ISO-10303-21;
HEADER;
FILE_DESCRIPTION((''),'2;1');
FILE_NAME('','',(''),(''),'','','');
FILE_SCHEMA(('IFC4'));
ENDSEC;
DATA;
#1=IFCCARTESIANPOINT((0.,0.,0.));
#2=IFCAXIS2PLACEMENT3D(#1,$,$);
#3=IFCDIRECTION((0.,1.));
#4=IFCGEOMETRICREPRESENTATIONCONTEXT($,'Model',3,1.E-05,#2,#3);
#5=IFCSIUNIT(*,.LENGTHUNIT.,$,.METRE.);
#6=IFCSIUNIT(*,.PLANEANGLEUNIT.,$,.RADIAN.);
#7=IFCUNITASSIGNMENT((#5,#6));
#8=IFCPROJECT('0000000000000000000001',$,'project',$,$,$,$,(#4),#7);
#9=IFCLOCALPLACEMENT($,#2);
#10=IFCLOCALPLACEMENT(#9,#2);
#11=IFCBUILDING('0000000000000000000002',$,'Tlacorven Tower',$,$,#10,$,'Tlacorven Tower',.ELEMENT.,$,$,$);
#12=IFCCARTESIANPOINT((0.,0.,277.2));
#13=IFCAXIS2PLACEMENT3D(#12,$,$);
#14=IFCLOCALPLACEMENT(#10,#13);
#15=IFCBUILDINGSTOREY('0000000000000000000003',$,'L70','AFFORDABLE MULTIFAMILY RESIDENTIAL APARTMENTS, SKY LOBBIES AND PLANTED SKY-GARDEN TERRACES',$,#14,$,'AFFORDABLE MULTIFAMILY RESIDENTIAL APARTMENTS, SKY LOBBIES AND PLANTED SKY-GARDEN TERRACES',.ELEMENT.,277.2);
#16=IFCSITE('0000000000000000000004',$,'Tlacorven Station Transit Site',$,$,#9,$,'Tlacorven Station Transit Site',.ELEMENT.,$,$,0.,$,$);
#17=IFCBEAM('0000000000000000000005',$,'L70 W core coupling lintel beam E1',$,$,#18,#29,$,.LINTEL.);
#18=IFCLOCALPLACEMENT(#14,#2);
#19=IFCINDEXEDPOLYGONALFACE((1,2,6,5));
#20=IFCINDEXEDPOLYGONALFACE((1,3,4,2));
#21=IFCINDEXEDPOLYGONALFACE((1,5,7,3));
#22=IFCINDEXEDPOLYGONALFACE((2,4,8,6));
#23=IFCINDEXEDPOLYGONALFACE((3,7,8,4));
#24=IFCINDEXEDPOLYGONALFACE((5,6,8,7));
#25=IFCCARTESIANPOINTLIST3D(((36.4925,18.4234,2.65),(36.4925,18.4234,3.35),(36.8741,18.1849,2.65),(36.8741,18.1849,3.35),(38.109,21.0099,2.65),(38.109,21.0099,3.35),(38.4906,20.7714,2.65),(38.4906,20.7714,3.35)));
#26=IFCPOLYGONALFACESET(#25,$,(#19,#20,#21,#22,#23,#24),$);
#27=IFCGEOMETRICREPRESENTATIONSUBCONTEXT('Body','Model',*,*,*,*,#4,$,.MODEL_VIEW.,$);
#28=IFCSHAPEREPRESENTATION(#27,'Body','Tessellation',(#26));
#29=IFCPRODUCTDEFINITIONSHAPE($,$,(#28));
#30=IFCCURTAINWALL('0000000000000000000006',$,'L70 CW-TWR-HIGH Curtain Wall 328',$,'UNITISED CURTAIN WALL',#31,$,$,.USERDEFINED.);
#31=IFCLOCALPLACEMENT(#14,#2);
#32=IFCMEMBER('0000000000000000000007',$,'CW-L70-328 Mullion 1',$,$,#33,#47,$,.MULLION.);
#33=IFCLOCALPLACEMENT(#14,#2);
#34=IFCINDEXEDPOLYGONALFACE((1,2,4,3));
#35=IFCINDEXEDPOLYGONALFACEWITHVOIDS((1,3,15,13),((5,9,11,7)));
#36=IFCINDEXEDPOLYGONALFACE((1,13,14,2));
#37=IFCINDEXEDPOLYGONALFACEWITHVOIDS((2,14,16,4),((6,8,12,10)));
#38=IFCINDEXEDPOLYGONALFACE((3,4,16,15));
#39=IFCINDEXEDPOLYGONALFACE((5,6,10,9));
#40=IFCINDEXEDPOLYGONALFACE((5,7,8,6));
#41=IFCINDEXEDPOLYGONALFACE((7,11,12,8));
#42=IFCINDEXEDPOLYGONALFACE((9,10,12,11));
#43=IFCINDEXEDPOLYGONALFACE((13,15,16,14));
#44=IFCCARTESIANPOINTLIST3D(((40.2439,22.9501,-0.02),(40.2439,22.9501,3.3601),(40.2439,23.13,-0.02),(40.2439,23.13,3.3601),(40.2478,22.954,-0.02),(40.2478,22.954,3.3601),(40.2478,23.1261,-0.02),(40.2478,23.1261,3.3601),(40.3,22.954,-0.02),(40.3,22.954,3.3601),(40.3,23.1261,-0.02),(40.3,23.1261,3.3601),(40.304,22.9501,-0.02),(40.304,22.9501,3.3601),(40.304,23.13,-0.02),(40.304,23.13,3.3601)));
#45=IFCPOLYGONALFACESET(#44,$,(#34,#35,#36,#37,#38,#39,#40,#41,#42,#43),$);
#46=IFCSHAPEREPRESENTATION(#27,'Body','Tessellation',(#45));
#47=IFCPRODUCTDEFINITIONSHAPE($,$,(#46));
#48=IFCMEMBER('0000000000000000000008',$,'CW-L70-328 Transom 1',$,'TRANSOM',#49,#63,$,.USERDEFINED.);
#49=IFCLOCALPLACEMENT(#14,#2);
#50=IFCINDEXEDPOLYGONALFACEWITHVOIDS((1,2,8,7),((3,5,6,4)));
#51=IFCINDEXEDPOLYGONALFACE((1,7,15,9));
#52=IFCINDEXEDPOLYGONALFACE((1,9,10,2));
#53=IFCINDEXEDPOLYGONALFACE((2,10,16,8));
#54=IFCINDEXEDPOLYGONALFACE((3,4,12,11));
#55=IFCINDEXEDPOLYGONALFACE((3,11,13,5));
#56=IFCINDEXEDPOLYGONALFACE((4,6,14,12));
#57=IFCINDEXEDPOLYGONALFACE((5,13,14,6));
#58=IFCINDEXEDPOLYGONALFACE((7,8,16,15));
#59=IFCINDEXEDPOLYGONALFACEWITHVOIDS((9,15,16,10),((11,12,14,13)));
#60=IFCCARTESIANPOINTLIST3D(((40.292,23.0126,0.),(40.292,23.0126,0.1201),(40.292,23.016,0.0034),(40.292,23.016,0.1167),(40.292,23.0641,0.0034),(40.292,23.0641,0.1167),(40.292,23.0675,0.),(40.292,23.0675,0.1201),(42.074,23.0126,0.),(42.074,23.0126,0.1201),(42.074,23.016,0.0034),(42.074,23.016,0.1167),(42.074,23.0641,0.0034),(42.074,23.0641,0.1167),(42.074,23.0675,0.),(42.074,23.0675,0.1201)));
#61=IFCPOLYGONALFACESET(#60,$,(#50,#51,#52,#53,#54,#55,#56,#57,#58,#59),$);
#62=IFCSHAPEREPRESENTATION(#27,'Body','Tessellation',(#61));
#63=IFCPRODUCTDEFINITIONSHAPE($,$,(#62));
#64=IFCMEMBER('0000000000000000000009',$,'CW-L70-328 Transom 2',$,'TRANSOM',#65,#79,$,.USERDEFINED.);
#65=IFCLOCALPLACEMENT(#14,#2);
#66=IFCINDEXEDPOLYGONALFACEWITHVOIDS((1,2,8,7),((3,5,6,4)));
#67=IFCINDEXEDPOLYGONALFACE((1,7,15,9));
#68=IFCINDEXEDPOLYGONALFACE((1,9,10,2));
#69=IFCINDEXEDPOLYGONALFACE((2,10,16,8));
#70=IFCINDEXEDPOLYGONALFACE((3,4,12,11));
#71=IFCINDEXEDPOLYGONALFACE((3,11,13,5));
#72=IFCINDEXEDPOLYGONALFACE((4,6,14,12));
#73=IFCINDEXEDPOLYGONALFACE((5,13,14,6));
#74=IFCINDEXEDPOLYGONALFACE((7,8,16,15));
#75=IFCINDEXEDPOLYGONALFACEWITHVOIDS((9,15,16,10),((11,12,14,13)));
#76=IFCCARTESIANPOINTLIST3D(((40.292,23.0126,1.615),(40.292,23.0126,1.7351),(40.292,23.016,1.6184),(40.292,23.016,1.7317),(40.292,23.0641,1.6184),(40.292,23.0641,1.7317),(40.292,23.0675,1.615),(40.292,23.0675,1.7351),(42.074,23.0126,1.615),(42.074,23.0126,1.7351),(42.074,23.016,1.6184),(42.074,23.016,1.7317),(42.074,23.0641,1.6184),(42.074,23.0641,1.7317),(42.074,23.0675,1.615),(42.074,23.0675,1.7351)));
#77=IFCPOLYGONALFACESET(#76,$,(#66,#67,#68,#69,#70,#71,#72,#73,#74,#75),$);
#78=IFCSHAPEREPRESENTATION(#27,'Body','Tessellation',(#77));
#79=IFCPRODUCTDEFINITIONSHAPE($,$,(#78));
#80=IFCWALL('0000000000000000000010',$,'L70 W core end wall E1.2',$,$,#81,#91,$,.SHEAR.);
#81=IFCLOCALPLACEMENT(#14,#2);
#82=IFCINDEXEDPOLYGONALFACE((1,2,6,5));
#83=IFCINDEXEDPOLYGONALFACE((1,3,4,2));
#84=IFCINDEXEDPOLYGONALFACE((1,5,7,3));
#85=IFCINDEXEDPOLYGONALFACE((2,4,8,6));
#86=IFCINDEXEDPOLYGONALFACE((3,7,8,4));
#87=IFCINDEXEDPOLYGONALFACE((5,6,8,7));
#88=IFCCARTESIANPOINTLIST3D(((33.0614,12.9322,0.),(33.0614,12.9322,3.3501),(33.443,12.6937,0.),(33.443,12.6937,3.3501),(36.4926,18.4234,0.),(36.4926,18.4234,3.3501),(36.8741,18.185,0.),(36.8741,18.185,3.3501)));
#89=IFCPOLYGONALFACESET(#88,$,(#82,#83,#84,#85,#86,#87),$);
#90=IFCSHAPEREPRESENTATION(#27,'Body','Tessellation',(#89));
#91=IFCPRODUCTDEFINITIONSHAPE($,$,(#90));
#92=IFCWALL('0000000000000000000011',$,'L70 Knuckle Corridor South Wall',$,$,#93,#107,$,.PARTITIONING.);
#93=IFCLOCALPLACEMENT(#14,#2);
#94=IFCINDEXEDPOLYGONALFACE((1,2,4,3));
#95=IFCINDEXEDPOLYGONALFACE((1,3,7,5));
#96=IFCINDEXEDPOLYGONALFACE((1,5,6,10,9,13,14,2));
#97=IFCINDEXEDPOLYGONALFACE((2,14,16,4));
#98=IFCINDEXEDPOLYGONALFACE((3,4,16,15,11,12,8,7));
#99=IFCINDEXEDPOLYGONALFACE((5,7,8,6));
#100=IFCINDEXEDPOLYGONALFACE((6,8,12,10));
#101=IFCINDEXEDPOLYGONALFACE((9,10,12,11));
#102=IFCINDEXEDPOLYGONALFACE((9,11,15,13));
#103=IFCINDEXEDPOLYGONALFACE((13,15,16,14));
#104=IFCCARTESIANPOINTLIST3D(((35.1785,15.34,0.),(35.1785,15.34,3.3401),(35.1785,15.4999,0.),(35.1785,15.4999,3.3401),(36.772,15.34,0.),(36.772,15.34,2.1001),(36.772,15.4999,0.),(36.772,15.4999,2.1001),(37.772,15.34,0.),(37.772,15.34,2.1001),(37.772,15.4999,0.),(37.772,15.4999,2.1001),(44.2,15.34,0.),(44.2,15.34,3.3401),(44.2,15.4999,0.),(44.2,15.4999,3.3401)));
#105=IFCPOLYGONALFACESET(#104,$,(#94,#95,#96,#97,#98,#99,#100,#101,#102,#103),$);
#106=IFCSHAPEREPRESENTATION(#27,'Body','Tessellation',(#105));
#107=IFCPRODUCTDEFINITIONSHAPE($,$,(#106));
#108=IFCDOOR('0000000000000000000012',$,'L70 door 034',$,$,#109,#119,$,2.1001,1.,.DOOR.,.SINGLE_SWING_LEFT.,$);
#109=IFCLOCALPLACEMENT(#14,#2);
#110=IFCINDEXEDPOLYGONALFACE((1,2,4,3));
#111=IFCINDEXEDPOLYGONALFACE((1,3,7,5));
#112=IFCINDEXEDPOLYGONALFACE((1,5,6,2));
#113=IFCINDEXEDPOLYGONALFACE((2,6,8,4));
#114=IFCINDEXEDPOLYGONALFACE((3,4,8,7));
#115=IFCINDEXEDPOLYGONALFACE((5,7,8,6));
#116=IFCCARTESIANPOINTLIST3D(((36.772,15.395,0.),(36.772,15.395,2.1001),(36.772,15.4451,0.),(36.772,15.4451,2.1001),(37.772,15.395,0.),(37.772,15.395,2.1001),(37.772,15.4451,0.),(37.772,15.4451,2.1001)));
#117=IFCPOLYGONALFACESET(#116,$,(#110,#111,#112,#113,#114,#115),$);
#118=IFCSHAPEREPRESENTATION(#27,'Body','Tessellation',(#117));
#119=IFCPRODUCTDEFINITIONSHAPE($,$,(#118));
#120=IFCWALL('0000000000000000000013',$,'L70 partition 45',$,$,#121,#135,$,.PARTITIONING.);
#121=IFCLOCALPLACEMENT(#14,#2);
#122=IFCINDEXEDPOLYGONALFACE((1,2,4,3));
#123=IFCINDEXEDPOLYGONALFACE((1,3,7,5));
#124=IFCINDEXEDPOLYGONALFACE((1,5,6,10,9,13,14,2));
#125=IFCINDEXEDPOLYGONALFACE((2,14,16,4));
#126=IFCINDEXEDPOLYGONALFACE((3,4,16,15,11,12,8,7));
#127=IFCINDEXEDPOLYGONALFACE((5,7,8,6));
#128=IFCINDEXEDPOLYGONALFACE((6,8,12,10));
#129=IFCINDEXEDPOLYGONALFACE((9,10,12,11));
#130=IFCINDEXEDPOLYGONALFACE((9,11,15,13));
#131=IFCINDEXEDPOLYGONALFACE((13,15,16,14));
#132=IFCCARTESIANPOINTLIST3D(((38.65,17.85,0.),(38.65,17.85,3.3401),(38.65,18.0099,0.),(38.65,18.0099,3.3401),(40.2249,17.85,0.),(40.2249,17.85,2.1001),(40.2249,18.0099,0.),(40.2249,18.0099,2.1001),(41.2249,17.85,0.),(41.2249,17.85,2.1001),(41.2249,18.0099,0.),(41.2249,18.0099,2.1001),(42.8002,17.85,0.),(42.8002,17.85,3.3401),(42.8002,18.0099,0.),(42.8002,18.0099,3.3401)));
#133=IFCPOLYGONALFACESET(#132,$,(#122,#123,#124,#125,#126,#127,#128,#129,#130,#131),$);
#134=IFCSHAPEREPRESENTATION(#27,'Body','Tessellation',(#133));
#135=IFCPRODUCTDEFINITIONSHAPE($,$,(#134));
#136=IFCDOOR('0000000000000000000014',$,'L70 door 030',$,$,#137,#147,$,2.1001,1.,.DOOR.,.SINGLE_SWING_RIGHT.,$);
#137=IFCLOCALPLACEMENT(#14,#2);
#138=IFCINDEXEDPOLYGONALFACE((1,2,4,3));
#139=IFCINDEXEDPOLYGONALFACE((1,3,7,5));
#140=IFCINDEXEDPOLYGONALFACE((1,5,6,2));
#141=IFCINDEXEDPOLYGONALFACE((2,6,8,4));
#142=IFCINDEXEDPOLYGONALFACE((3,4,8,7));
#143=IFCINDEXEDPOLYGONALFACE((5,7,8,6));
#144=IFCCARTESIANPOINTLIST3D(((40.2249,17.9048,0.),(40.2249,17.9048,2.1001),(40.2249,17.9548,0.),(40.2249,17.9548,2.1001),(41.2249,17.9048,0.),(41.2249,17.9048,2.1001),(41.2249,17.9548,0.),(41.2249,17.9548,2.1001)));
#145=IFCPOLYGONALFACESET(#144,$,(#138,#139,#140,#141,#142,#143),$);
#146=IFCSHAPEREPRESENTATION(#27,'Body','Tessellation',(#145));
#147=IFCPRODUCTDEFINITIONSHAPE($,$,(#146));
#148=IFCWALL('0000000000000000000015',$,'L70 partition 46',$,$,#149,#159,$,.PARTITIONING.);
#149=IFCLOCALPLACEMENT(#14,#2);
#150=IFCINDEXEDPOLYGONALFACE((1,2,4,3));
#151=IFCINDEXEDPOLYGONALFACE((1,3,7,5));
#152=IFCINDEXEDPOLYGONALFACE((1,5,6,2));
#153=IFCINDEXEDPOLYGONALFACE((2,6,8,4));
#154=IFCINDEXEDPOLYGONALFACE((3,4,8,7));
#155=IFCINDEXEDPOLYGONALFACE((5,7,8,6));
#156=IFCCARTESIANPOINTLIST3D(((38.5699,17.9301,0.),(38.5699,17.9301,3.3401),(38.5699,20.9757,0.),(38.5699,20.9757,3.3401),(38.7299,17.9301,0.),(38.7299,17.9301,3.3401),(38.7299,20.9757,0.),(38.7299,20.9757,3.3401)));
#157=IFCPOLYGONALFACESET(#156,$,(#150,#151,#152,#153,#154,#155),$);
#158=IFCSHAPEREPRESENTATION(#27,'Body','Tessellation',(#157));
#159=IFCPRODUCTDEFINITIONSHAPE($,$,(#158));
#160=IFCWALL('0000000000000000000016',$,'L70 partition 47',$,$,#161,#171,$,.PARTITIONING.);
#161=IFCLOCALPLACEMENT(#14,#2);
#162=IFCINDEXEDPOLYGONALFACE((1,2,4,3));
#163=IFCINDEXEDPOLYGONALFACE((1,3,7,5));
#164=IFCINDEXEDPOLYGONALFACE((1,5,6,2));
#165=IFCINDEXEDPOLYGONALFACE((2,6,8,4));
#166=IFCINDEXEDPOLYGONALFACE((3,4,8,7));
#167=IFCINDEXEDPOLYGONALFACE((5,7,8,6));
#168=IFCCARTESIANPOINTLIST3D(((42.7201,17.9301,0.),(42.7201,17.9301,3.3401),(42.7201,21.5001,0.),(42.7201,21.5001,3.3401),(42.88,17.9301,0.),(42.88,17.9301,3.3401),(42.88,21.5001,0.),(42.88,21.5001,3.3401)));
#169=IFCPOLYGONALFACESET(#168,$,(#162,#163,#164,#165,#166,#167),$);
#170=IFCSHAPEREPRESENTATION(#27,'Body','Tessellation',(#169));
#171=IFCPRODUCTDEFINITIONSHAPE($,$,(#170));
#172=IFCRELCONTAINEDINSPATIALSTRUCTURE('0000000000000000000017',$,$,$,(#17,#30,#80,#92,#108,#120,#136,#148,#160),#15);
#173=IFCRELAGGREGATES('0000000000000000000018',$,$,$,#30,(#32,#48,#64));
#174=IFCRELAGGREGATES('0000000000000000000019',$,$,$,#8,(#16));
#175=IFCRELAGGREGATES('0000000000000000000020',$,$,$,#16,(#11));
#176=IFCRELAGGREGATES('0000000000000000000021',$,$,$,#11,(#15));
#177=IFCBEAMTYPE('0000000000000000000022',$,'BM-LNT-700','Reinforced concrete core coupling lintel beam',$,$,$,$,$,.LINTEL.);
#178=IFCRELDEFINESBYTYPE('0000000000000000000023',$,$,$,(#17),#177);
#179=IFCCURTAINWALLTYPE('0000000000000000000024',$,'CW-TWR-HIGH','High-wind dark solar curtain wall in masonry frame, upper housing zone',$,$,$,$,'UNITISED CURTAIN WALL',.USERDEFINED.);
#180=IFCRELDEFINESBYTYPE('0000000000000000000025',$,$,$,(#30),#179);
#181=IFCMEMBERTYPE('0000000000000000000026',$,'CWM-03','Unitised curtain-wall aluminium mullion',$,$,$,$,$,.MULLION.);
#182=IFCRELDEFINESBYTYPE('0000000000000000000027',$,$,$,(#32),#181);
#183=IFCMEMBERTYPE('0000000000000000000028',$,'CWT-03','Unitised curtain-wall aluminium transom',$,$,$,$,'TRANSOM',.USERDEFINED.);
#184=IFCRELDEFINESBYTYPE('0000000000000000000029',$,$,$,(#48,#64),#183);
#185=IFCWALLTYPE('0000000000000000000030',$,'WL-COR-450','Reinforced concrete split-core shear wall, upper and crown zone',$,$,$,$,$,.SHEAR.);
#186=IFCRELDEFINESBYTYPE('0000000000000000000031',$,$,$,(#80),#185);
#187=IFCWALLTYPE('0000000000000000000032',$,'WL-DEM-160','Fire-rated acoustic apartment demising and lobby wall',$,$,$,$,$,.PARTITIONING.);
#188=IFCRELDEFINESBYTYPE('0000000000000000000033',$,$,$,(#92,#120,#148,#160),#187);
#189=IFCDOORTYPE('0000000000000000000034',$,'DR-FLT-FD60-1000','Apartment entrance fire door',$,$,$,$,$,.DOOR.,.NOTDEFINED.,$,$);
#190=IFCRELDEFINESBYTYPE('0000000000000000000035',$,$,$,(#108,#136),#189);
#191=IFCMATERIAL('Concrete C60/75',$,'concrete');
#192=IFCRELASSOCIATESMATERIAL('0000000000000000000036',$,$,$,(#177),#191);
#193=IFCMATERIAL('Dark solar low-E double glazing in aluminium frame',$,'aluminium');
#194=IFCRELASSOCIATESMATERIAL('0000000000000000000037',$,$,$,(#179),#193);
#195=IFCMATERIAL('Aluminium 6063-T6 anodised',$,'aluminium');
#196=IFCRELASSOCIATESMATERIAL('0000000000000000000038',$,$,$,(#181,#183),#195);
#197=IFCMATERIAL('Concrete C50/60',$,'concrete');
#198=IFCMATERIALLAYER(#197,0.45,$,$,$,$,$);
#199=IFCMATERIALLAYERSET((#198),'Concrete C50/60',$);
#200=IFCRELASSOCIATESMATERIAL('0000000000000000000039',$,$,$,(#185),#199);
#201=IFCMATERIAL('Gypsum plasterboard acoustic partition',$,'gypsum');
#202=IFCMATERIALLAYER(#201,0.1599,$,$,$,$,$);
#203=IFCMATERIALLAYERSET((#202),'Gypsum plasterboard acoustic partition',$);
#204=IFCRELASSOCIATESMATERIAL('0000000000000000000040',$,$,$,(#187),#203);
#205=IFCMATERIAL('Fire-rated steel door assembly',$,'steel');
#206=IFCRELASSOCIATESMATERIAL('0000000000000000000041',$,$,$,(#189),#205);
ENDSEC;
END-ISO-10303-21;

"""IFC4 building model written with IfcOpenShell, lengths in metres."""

from ifc_helpers import new_model, si_unit, direction, frame, frame_2d, origin, origin_2d, place, context, subcontext, project, spatial, rectangle, hollow_rectangle, extrude, source, transform, mapped, material, layer, layer_set, material_profile, profile_set, type_object, element, fill, aggregate, save


model = new_model("IFC4")

# Units and contexts
model_context = context("Model", 3, precision=1e-05, world=origin(), true_north=direction((0.0, 1.0)))
body_context = subcontext(model_context, "Body", "Model", "MODEL_VIEW")
ifc_project = project(units=[si_unit("LENGTHUNIT", "METRE"), si_unit("PLANEANGLEUNIT", "RADIAN")], contexts=[model_context])

# Site, building, storey
site_placement = place(None, origin())
site = spatial("IfcSite", under=ifc_project, at=site_placement, Name="Tlacorven Station Transit Site", LongName="Tlacorven Station Transit Site", CompositionType="ELEMENT", RefElevation=0.0)
building_placement = place(site_placement, origin())
building = spatial("IfcBuilding", under=site, at=building_placement, Name="Tlacorven Tower", LongName="Tlacorven Tower", CompositionType="ELEMENT")
storey_placement = place(building_placement, frame((0.0, 0.0, 277.2)))
storey = spatial("IfcBuildingStorey", under=building, at=storey_placement, Name="L70", Description="AFFORDABLE MULTIFAMILY RESIDENTIAL APARTMENTS, SKY LOBBIES AND PLANTED SKY-GARDEN TERRACES", LongName="AFFORDABLE MULTIFAMILY RESIDENTIAL APARTMENTS, SKY LOBBIES AND PLANTED SKY-GARDEN TERRACES", CompositionType="ELEMENT", Elevation=277.2)

# Beam
ifc_material_1 = material(Name="Concrete C60/75", Category="concrete")
ifc_material_profile_1 = material_profile(ifc_material_1, rectangle(XDim=0.45, YDim=0.7, at=origin_2d()), Name="RC 450X700")
ifc_profile_set_1 = profile_set([ifc_material_profile_1], Name="Concrete C60/75")
beam_type = type_object("IfcBeamType", Name="BM-LNT-700", Description="Reinforced concrete core coupling lintel beam", PredefinedType="LINTEL", material=ifc_profile_set_1)
shared_shape_1 = source(origin(), body_context, "Body", "SweptSolid", [
    extrude(rectangle(XDim=0.45, YDim=0.7, at=origin_2d()), origin(), (0.0, 0.0, 1.0), 3.05),
])
beam_placement = place(storey_placement, frame((38.2998, 20.8906, 3.0), z_axis=(-0.529985, -0.848007, 0.0), x_axis=(0.848007, -0.529985, 0.0)))
element("IfcBeam", 1, at=beam_placement, inside=storey, type_object=beam_type, Name="L70 W core coupling lintel beam E1", PredefinedType="LINTEL", context=body_context, shape_type="MappedRepresentation", body=[
    mapped(shared_shape_1, transform((0.0, 0.0, 0.0), scale=1.0)),
])

# Curtain wall, members
ifc_material_2 = material(Name="Dark solar low-E double glazing in aluminium frame", Category="aluminium")
curtain_wall_type = type_object("IfcCurtainWallType", Name="CW-TWR-HIGH", Description="High-wind dark solar curtain wall in masonry frame, upper housing zone", ElementType="UNITISED CURTAIN WALL", PredefinedType="USERDEFINED", material=ifc_material_2)
curtain_wall_placement = place(storey_placement, origin())
curtain_wall = element("IfcCurtainWall", 2, at=curtain_wall_placement, inside=storey, type_object=curtain_wall_type, Name="L70 CW-TWR-HIGH Curtain Wall 328", ObjectType="UNITISED CURTAIN WALL", PredefinedType="USERDEFINED")
ifc_material_3 = material(Name="Aluminium 6063-T6 anodised", Category="aluminium")
ifc_material_profile_2 = material_profile(ifc_material_3, hollow_rectangle(XDim=0.0601, YDim=0.1799, WallThickness=0.0039, at=origin_2d()), Name="ALU MULLION 60X180")
ifc_profile_set_2 = profile_set([ifc_material_profile_2], Name="Aluminium 6063-T6 anodised")
member_type_1 = type_object("IfcMemberType", Name="CWM-03", Description="Unitised curtain-wall aluminium mullion", PredefinedType="MULLION", material=ifc_profile_set_2)
shared_shape_2 = source(origin(), body_context, "Body", "SweptSolid", [
    extrude(hollow_rectangle(XDim=0.0601, YDim=0.1799, WallThickness=0.0039, at=origin_2d()), origin(), (0.0, 0.0, 1.0), 3.3801),
])
member_1_placement = place(storey_placement, frame((40.2739, 23.04, -0.02), z_axis=(0.0, 0.0, 1.0), x_axis=(1.0, 0.0, 0.0)))
member_1 = element("IfcMember", 3, at=member_1_placement, type_object=member_type_1, Name="CW-L70-328 Mullion 1", PredefinedType="MULLION", context=body_context, shape_type="MappedRepresentation", body=[
    mapped(shared_shape_2, transform((0.0, 0.0, 0.0), scale=1.0)),
])
ifc_material_profile_3 = material_profile(ifc_material_3, hollow_rectangle(XDim=0.0549, YDim=0.1201, WallThickness=0.0034, at=origin_2d()), Name="ALU TRANSOM 55X120")
ifc_profile_set_3 = profile_set([ifc_material_profile_3], Name="Aluminium 6063-T6 anodised")
member_type_2 = type_object("IfcMemberType", Name="CWT-03", Description="Unitised curtain-wall aluminium transom", ElementType="TRANSOM", PredefinedType="USERDEFINED", material=ifc_profile_set_3)
shared_shape_3 = source(origin(), body_context, "Body", "SweptSolid", [
    extrude(hollow_rectangle(XDim=0.0549, YDim=0.1201, WallThickness=0.0034, at=origin_2d()), origin(), (0.0, 0.0, 1.0), 1.782),
])
member_2_placement = place(storey_placement, frame((40.292, 23.04, 0.0601), z_axis=(1.0, 0.0, 0.0), x_axis=(0.0, 1.0, 0.0)))
member_2 = element("IfcMember", 4, at=member_2_placement, type_object=member_type_2, Name="CW-L70-328 Transom 1", ObjectType="TRANSOM", PredefinedType="USERDEFINED", context=body_context, shape_type="MappedRepresentation", body=[
    mapped(shared_shape_3, transform((0.0, 0.0, 0.0), scale=1.0)),
])
member_3_placement = place(storey_placement, frame((40.292, 23.04, 1.675), z_axis=(1.0, 0.0, 0.0), x_axis=(0.0, 1.0, 0.0)))
member_3 = element("IfcMember", 5, at=member_3_placement, type_object=member_type_2, Name="CW-L70-328 Transom 2", ObjectType="TRANSOM", PredefinedType="USERDEFINED", context=body_context, shape_type="MappedRepresentation", body=[
    mapped(shared_shape_3, transform((0.0, 0.0, 0.0), scale=1.0)),
])
aggregate(curtain_wall, [member_1, member_2, member_3])

# Wall
ifc_material_4 = material(Name="Concrete C50/60", Category="concrete")
ifc_layer_1 = layer(ifc_material_4, 0.45)
ifc_layer_set_1 = layer_set([ifc_layer_1], Name="Concrete C50/60")
wall_type_1 = type_object("IfcWallType", Name="WL-COR-450", Description="Reinforced concrete split-core shear wall, upper and crown zone", PredefinedType="SHEAR", material=ifc_layer_set_1)
wall_1_placement = place(storey_placement, frame((36.6833, 18.3042, 0.0), z_axis=(0.0, 0.0, 1.0), x_axis=(-0.529904, -0.848058, 0.0)))
element("IfcWall", 6, at=wall_1_placement, inside=storey, type_object=wall_type_1, Name="L70 W core end wall E1.2", PredefinedType="SHEAR", context=body_context, shape_type="SweptSolid", body=[
    extrude(rectangle(XDim=6.4751, YDim=0.45, at=frame_2d((3.2375, 0.0))), origin(), (0.0, 0.0, 1.0), 3.3501),
])

# Walls, openings, doors
ifc_material_5 = material(Name="Gypsum plasterboard acoustic partition", Category="gypsum")
ifc_layer_2 = layer(ifc_material_5, 0.1599)
ifc_layer_set_2 = layer_set([ifc_layer_2], Name="Gypsum plasterboard acoustic partition")
wall_type_2 = type_object("IfcWallType", Name="WL-DEM-160", Description="Fire-rated acoustic apartment demising and lobby wall", PredefinedType="PARTITIONING", material=ifc_layer_set_2)
wall_2_placement = place(storey_placement, frame((35.1785, 15.4199, 0.0), z_axis=(0.0, 0.0, 1.0), x_axis=(1.0, 0.0, 0.0)))
wall_2 = element("IfcWall", 7, at=wall_2_placement, inside=storey, type_object=wall_type_2, Name="L70 Knuckle Corridor South Wall", PredefinedType="PARTITIONING", context=body_context, shape_type="SweptSolid", body=[
    extrude(rectangle(XDim=9.0215, YDim=0.1599, at=frame_2d((4.5107, 0.0))), origin(), (0.0, 0.0, 1.0), 3.3401),
])
opening_1_placement = place(wall_2_placement, frame((1.5935, 0.0, 0.0)))
opening_1 = element("IfcOpeningElement", 8, at=opening_1_placement, cuts=wall_2, PredefinedType="OPENING", context=body_context, shape_type="SweptSolid", body=[
    extrude(rectangle(XDim=1.0, YDim=2.1001, at=frame_2d((0.5, 1.05))), frame((0.0, 0.0898, 0.0), z_axis=(0.0, -1.0, 0.0), x_axis=(1.0, 0.0, 0.0)), (0.0, 0.0, 1.0), 0.1799),
])
ifc_material_6 = material(Name="Fire-rated steel door assembly", Category="steel")
door_type_1 = type_object("IfcDoorType", Name="DR-FLT-FD60-1000", Description="Apartment entrance fire door", OperationType="NOTDEFINED", PredefinedType="DOOR", material=ifc_material_6)
shared_shape_4 = source(origin(), body_context, "Body", "SweptSolid", [
    extrude(rectangle(XDim=1.0, YDim=2.1001, at=frame_2d((0.5, 1.05))), frame((0.0, 0.0249, 0.0), z_axis=(0.0, -1.0, 0.0), x_axis=(1.0, 0.0, 0.0)), (0.0, 0.0, 1.0), 0.05),
])
door_1_placement = place(opening_1_placement, frame((1.0, 0.0, 0.0), z_axis=(0.0, 0.0, 1.0), x_axis=(-1.0, 0.0, 0.0)))
door_1 = element("IfcDoor", 9, at=door_1_placement, inside=storey, type_object=door_type_1, Name="L70 door 034", OperationType="SINGLE_SWING_LEFT", OverallHeight=2.1001, OverallWidth=1.0, PredefinedType="DOOR", context=body_context, shape_type="MappedRepresentation", body=[
    mapped(shared_shape_4, transform((0.0, 0.0, 0.0), scale=1.0)),
])
fill(opening_1, door_1)
wall_3_placement = place(storey_placement, frame((38.6499, 17.9299, 0.0), z_axis=(0.0, 0.0, 1.0), x_axis=(1.0, 0.0, 0.0)))
wall_3 = element("IfcWall", 10, at=wall_3_placement, inside=storey, type_object=wall_type_2, Name="L70 partition 45", PredefinedType="PARTITIONING", context=body_context, shape_type="SweptSolid", body=[
    extrude(rectangle(XDim=4.1501, YDim=0.1599, at=frame_2d((2.0752, 0.0))), origin(), (0.0, 0.0, 1.0), 3.3401),
])
opening_2_placement = place(wall_3_placement, frame((1.575, 0.0, 0.0)))
opening_2 = element("IfcOpeningElement", 11, at=opening_2_placement, cuts=wall_3, PredefinedType="OPENING", context=body_context, shape_type="SweptSolid", body=[
    extrude(rectangle(XDim=1.0, YDim=2.1001, at=frame_2d((0.5, 1.05))), frame((0.0, 0.0898, 0.0), z_axis=(0.0, -1.0, 0.0), x_axis=(1.0, 0.0, 0.0)), (0.0, 0.0, 1.0), 0.1799),
])
door_2_placement = place(opening_2_placement, origin())
door_2 = element("IfcDoor", 12, at=door_2_placement, inside=storey, type_object=door_type_1, Name="L70 door 030", OperationType="SINGLE_SWING_RIGHT", OverallHeight=2.1001, OverallWidth=1.0, PredefinedType="DOOR", context=body_context, shape_type="MappedRepresentation", body=[
    mapped(shared_shape_4, transform((0.0, 0.0, 0.0), scale=1.0)),
])
fill(opening_2, door_2)

# Walls
wall_4_placement = place(storey_placement, frame((38.6499, 17.9299, 0.0), z_axis=(0.0, 0.0, 1.0), x_axis=(0.0, 1.0, 0.0)))
element("IfcWall", 13, at=wall_4_placement, inside=storey, type_object=wall_type_2, Name="L70 partition 46", PredefinedType="PARTITIONING", context=body_context, shape_type="SweptSolid", body=[
    extrude(rectangle(XDim=3.0457, YDim=0.1599, at=frame_2d((1.5229, 0.0))), origin(), (0.0, 0.0, 1.0), 3.3401),
])
wall_5_placement = place(storey_placement, frame((42.8, 17.9299, 0.0), z_axis=(0.0, 0.0, 1.0), x_axis=(0.0, 1.0, 0.0)))
element("IfcWall", 14, at=wall_5_placement, inside=storey, type_object=wall_type_2, Name="L70 partition 47", PredefinedType="PARTITIONING", context=body_context, shape_type="SweptSolid", body=[
    extrude(rectangle(XDim=3.5701, YDim=0.1599, at=frame_2d((1.7852, 0.0))), origin(), (0.0, 0.0, 1.0), 3.3401),
])

save(model, "model.ifc")
